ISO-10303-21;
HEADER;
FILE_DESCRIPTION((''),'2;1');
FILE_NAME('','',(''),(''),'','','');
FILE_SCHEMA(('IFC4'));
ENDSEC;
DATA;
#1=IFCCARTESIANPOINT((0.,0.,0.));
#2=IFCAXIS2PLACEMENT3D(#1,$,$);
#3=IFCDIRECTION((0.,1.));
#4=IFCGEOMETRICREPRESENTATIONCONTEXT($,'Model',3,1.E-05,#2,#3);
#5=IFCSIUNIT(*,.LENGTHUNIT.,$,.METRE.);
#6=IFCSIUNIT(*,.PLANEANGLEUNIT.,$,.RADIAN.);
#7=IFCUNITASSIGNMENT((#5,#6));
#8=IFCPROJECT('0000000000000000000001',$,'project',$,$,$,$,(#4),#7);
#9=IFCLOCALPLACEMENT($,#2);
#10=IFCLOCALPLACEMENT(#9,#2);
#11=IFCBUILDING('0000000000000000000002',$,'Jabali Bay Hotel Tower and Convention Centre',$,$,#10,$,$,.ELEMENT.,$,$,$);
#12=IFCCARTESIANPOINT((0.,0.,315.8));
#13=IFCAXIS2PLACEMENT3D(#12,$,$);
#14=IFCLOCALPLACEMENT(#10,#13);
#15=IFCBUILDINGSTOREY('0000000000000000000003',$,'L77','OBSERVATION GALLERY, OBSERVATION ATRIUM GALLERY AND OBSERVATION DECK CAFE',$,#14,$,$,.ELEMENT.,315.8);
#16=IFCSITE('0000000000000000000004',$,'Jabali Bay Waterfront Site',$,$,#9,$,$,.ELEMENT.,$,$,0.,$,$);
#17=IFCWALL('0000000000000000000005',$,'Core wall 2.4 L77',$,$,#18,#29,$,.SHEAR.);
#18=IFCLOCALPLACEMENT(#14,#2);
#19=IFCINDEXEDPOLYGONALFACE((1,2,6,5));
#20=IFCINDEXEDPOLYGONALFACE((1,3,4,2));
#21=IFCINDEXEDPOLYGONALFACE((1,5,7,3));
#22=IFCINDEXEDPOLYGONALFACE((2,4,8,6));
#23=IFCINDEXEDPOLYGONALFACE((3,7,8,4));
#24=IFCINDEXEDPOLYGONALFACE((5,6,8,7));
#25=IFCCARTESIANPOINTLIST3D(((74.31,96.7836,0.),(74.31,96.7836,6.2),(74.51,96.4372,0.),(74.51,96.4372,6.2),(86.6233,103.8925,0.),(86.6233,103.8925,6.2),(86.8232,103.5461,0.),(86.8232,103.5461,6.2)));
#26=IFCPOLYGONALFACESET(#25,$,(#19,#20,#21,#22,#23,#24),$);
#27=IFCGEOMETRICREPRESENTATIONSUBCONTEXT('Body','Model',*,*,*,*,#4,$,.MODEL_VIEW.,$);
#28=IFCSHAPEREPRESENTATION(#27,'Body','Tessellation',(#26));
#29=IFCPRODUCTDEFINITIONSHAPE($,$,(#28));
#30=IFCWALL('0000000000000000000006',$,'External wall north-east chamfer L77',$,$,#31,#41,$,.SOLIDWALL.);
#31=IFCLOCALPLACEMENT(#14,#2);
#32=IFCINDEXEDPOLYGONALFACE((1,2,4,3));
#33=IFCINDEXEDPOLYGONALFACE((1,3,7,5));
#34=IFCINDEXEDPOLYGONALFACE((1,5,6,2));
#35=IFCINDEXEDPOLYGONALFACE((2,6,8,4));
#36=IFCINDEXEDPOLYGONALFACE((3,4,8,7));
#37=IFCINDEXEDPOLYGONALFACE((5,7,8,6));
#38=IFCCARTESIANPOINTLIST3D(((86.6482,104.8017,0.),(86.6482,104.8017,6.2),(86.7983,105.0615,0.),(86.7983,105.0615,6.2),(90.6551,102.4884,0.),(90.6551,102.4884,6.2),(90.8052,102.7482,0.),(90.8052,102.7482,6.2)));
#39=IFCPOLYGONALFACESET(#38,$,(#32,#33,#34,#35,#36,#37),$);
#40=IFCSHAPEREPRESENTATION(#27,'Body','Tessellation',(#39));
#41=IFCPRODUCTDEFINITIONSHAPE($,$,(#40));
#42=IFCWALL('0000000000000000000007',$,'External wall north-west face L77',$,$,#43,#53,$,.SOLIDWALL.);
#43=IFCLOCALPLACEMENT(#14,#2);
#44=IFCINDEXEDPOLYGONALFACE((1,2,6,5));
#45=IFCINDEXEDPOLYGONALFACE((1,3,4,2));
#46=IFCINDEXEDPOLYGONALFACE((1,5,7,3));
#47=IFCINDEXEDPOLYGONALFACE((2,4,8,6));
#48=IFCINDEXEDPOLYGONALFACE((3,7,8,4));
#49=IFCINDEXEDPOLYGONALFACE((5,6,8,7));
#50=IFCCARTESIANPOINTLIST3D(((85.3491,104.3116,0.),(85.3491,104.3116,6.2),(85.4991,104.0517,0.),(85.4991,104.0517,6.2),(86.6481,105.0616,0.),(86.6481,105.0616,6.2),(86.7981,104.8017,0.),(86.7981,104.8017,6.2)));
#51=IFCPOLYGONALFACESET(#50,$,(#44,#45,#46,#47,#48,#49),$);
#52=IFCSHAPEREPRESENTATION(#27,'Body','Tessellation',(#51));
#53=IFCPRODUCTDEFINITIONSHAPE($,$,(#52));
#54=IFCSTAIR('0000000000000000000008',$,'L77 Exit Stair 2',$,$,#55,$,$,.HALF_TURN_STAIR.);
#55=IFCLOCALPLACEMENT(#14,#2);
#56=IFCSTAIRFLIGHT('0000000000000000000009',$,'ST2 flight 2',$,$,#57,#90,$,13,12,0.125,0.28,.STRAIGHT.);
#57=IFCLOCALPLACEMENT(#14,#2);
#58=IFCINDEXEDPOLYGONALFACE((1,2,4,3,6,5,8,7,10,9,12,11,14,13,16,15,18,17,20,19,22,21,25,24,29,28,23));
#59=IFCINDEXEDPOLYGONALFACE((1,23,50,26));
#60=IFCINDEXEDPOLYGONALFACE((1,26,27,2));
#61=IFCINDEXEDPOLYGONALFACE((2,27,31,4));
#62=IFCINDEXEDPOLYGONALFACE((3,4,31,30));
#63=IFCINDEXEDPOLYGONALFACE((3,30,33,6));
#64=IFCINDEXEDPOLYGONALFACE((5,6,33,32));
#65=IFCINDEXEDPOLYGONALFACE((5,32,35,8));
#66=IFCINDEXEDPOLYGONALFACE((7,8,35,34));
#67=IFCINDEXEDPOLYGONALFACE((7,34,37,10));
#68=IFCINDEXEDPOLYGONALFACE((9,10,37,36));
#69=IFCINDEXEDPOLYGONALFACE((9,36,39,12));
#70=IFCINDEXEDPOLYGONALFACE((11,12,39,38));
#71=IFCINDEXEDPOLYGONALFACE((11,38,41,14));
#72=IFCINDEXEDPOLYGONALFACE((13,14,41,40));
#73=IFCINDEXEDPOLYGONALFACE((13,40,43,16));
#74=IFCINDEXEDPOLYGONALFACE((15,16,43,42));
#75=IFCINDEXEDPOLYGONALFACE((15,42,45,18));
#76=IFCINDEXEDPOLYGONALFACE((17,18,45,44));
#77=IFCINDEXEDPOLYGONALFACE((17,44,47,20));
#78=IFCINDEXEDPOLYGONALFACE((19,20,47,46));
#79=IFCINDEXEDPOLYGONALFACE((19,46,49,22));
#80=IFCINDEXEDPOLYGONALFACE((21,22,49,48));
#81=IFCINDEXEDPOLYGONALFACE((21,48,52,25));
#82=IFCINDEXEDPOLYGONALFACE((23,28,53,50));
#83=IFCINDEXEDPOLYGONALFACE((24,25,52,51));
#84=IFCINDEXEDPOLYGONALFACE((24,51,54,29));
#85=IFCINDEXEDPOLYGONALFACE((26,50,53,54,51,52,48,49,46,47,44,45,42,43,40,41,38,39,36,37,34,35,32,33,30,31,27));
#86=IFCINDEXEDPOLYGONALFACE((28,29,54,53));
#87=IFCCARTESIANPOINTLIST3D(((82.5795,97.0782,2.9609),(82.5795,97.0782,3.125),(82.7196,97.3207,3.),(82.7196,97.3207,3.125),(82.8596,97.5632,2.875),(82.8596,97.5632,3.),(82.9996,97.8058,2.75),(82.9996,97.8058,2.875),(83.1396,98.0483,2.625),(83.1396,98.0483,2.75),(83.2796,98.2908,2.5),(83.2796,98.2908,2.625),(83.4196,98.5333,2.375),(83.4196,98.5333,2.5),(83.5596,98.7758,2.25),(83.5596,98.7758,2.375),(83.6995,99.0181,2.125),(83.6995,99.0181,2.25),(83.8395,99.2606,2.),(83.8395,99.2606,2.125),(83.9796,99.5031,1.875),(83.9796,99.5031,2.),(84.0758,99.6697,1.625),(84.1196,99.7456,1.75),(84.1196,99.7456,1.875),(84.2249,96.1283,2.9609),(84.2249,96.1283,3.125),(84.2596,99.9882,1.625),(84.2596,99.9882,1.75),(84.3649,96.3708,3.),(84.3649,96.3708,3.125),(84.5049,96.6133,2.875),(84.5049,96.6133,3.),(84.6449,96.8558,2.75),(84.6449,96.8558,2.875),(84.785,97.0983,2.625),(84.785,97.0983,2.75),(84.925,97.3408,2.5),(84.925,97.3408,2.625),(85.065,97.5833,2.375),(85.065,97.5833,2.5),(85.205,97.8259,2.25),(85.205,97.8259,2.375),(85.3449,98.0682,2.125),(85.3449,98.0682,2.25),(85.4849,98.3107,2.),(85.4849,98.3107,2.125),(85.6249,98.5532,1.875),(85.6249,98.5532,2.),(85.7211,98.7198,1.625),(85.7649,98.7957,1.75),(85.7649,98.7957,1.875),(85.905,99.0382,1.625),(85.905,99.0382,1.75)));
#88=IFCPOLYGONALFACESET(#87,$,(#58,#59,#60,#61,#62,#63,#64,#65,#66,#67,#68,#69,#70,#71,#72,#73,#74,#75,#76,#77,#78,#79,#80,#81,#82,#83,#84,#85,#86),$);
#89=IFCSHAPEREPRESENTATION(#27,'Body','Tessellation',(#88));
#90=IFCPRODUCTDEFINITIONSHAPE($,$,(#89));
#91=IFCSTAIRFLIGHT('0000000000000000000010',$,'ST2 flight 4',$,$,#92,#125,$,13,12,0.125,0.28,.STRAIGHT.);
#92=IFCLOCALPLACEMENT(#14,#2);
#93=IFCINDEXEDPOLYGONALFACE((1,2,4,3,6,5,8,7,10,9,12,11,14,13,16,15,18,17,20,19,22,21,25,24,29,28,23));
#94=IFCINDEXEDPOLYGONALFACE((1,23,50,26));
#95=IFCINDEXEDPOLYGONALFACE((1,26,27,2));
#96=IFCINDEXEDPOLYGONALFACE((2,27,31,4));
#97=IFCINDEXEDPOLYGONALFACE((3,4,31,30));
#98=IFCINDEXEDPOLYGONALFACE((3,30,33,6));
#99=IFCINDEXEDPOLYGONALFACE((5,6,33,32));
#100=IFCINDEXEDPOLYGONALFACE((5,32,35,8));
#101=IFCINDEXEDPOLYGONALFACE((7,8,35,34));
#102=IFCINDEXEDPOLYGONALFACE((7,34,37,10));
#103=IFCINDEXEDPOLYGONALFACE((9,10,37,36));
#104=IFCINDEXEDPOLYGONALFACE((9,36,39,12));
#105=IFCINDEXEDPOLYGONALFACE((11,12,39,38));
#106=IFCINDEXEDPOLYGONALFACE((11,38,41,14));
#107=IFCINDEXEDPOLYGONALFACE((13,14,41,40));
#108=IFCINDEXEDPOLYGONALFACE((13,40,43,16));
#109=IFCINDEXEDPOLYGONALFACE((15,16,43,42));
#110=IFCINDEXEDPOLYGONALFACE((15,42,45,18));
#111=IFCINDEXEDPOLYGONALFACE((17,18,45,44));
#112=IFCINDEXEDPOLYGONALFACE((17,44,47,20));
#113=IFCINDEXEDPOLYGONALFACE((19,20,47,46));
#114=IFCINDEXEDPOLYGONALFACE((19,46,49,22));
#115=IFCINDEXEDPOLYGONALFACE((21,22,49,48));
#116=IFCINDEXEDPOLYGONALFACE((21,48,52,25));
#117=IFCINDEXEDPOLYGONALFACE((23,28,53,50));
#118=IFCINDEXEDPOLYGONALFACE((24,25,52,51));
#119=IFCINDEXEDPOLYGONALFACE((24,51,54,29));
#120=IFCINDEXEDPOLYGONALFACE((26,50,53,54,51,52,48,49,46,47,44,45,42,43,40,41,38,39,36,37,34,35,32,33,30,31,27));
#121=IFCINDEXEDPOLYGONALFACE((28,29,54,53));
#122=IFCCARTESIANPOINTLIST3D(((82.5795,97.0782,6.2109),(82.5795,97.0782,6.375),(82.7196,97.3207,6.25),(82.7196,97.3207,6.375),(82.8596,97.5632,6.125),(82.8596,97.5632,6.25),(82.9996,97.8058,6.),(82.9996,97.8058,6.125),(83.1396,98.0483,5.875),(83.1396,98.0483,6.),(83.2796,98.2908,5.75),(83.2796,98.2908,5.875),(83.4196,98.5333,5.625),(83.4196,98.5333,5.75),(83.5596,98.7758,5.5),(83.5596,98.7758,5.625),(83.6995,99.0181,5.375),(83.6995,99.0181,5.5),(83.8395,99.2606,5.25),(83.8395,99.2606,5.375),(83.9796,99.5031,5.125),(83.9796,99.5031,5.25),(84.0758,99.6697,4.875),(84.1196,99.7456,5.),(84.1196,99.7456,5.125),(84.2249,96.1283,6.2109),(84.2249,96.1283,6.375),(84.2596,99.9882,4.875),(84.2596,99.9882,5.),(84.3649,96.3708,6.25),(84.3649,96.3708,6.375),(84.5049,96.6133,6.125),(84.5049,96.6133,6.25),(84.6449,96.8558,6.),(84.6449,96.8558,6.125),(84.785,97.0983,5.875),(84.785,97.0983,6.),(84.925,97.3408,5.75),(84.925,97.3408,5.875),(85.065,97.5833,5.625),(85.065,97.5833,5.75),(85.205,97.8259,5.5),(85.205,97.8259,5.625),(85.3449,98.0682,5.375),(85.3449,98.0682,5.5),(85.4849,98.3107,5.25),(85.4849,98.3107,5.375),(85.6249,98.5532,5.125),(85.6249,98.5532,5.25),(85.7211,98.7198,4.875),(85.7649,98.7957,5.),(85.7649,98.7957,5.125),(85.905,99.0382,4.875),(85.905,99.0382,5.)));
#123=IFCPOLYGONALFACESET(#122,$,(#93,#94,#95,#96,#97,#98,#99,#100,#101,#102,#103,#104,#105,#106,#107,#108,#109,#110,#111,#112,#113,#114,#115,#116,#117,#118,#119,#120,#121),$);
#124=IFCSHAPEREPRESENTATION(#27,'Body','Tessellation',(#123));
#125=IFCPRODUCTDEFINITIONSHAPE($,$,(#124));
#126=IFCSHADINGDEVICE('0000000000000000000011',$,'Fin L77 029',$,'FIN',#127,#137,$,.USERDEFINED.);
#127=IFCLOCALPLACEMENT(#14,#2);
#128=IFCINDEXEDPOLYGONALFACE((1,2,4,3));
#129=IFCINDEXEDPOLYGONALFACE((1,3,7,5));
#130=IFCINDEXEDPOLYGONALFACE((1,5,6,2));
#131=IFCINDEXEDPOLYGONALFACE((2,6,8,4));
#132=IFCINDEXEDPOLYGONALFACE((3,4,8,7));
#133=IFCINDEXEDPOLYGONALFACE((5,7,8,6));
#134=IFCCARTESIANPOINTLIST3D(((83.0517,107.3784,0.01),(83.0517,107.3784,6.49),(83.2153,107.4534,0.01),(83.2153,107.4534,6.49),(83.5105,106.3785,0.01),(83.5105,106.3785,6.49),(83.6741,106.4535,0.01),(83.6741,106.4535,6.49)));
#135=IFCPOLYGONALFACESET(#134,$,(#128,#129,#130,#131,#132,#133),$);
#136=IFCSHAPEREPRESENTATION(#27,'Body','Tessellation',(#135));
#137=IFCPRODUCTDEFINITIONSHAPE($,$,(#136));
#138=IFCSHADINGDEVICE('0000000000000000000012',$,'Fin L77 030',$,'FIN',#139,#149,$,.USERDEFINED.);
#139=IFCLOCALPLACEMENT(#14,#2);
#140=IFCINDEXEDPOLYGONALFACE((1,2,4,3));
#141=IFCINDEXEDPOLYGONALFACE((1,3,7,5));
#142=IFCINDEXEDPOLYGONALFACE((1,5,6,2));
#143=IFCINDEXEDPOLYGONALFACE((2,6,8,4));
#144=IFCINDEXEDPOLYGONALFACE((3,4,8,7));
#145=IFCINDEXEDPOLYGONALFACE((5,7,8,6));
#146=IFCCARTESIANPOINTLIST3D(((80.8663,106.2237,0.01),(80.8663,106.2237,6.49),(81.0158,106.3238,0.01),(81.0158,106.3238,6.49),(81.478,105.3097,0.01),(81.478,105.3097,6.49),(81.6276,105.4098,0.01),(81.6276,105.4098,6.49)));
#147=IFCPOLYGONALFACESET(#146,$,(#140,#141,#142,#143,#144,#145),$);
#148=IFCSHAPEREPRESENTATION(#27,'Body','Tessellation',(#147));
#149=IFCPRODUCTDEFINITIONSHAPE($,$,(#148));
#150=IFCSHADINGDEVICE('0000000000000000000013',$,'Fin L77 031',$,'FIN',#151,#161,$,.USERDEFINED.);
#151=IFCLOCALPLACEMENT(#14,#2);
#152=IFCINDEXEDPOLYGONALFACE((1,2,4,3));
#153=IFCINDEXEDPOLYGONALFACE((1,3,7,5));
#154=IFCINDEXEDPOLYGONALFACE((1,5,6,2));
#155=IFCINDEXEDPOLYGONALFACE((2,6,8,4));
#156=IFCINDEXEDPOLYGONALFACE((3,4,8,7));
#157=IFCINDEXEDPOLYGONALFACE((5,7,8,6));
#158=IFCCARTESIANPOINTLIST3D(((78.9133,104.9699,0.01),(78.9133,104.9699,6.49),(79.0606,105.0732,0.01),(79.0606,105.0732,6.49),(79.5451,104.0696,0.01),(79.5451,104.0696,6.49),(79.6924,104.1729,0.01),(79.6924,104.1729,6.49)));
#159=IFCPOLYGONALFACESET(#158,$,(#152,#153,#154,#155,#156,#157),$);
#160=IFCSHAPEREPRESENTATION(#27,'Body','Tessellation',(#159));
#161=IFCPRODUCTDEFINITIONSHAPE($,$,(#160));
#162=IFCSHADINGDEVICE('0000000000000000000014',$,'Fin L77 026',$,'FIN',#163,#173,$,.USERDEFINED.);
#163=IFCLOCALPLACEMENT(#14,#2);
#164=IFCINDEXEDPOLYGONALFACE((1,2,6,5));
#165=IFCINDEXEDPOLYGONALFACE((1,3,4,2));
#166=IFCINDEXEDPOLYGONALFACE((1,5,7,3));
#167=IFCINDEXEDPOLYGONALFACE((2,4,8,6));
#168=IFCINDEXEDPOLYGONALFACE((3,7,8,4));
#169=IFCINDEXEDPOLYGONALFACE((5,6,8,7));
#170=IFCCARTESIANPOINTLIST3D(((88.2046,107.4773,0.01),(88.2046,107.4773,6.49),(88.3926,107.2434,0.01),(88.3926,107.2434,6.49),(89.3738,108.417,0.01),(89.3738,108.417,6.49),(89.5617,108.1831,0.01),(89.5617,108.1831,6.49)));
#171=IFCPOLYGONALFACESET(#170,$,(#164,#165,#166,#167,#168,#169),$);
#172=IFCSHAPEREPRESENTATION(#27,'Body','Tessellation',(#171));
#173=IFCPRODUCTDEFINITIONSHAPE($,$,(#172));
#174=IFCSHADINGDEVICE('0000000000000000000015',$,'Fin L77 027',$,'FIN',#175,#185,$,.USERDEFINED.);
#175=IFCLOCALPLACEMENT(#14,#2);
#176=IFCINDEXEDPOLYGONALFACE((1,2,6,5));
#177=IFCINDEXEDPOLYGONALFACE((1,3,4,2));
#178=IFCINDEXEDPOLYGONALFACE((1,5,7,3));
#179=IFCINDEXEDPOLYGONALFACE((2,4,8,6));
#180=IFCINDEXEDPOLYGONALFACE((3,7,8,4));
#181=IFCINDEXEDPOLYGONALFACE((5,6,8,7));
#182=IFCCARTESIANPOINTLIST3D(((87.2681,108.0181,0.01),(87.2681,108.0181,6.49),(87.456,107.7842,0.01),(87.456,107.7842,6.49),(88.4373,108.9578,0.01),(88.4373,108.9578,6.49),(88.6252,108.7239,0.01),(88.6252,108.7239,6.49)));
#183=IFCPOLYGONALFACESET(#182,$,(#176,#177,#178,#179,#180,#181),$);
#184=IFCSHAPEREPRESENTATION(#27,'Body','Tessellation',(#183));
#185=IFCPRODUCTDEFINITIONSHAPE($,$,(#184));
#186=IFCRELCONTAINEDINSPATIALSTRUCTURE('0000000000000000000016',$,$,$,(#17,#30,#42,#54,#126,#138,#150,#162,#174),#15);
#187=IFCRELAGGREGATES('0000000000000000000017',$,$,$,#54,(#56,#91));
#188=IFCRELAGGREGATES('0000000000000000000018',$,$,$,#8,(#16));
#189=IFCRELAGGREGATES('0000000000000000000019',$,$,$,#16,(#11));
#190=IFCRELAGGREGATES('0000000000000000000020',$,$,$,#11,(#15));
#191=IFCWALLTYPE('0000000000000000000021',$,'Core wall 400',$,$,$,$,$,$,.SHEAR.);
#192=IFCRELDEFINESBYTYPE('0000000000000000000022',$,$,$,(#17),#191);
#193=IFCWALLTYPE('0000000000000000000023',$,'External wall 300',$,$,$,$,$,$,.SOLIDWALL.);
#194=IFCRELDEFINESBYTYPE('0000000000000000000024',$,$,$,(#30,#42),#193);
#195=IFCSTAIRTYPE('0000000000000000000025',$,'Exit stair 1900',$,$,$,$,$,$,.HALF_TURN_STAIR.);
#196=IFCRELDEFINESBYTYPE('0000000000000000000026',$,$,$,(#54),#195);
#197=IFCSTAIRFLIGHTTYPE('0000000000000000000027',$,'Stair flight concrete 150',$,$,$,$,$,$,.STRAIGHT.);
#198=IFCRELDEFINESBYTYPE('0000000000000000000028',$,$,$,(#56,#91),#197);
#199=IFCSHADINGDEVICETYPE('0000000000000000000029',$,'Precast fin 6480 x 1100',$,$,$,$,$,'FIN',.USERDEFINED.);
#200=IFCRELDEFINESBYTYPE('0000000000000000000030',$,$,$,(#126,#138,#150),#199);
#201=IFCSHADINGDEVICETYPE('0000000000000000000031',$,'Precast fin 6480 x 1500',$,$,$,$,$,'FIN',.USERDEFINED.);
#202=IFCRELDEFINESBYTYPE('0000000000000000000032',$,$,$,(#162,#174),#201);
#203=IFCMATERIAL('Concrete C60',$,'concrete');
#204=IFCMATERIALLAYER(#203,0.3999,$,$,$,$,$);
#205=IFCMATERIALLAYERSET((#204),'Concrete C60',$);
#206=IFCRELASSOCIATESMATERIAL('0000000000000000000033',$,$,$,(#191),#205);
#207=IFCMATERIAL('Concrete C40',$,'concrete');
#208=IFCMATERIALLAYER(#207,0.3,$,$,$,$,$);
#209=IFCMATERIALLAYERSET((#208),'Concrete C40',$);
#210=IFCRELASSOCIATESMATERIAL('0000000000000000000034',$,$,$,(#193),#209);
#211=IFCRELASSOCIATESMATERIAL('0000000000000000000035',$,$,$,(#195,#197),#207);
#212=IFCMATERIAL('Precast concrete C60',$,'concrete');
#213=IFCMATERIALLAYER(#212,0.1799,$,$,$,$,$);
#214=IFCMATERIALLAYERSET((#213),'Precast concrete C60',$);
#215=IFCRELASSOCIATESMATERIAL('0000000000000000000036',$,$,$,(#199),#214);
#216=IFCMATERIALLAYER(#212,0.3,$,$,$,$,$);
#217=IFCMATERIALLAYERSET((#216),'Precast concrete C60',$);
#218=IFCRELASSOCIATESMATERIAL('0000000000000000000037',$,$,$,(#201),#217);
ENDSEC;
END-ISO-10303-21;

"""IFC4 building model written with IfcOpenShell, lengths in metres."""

from ifc_helpers import new_model, si_unit, direction, frame, frame_2d, origin, place, context, subcontext, project, spatial, polyline, rectangle, outline, extrude, material, layer, layer_set, type_object, element, aggregate, save


model = new_model("IFC4")

# Units and contexts
model_context = context("Model", 3, precision=1e-05, world=origin(), true_north=direction((0.0, 1.0)))
body_context = subcontext(model_context, "Body", "Model", "MODEL_VIEW")
ifc_project = project(units=[si_unit("LENGTHUNIT", "METRE"), si_unit("PLANEANGLEUNIT", "RADIAN")], contexts=[model_context])

# Site, building, storey
site_placement = place(None, origin())
site = spatial("IfcSite", under=ifc_project, at=site_placement, Name="Jabali Bay Waterfront Site", CompositionType="ELEMENT", RefElevation=0.0)
building_placement = place(site_placement, origin())
building = spatial("IfcBuilding", under=site, at=building_placement, Name="Jabali Bay Hotel Tower and Convention Centre", CompositionType="ELEMENT")
storey_placement = place(building_placement, frame((0.0, 0.0, 315.8)))
storey = spatial("IfcBuildingStorey", under=building, at=storey_placement, Name="L77", Description="OBSERVATION GALLERY, OBSERVATION ATRIUM GALLERY AND OBSERVATION DECK CAFE", CompositionType="ELEMENT", Elevation=315.8)

# Shared definitions
ifc_material_1 = material(Name="Concrete C60", Category="concrete")

# Walls
ifc_material_2 = material(Name="Concrete C40", Category="concrete")
ifc_layer_1 = layer(ifc_material_1, 0.3999)
ifc_layer_set_1 = layer_set([ifc_layer_1], Name="Concrete C60")
wall_type_1 = type_object("IfcWallType", Name="Core wall 400", PredefinedType="SHEAR", material=ifc_layer_set_1)
wall_1_placement = place(storey_placement, frame((86.7231, 103.7192, 0.0), z_axis=(0.0, 0.0, 1.0), x_axis=(-0.86603, -0.499991, 0.0)))
element("IfcWall", 1, at=wall_1_placement, inside=storey, type_object=wall_type_1, Name="Core wall 2.4 L77", PredefinedType="SHEAR", context=body_context, shape_type="SweptSolid", body=[
    extrude(rectangle(XDim=14.218, YDim=0.3999, at=frame_2d((7.1089, 0.0))), origin(), (0.0, 0.0, 1.0), 6.2),
])
ifc_layer_2 = layer(ifc_material_2, 0.3)
ifc_layer_set_2 = layer_set([ifc_layer_2], Name="Concrete C40")
wall_type_2 = type_object("IfcWallType", Name="External wall 300", PredefinedType="SOLIDWALL", material=ifc_layer_set_2)
wall_2_placement = place(storey_placement, frame((86.7231, 104.9316, 0.0), z_axis=(0.0, 0.0, 1.0), x_axis=(0.866036, -0.499981, 0.0)))
element("IfcWall", 2, at=wall_2_placement, inside=storey, type_object=wall_type_2, Name="External wall north-east chamfer L77", PredefinedType="SOLIDWALL", context=body_context, shape_type="SweptSolid", body=[
    extrude(rectangle(XDim=4.6267, YDim=0.3, at=frame_2d((2.3135, 0.0))), origin(), (0.0, 0.0, 1.0), 6.2),
])
wall_3_placement = place(storey_placement, frame((85.4241, 104.1816, 0.0), z_axis=(0.0, 0.0, 1.0), x_axis=(0.866031, 0.49999, 0.0)))
element("IfcWall", 3, at=wall_3_placement, inside=storey, type_object=wall_type_2, Name="External wall north-west face L77", PredefinedType="SOLIDWALL", context=body_context, shape_type="SweptSolid", body=[
    extrude(rectangle(XDim=1.5, YDim=0.3, at=frame_2d((0.75, 0.0))), origin(), (0.0, 0.0, 1.0), 6.2),
])

# Stair, stair flights
stair_type = type_object("IfcStairType", Name="Exit stair 1900", PredefinedType="HALF_TURN_STAIR", material=ifc_material_2)
stair_placement = place(storey_placement, origin())
stair = element("IfcStair", 4, at=stair_placement, inside=storey, type_object=stair_type, Name="L77 Exit Stair 2", PredefinedType="HALF_TURN_STAIR")
stair_flight_type = type_object("IfcStairFlightType", Name="Stair flight concrete 150", PredefinedType="STRAIGHT", material=ifc_material_2)
stair_flight_1_placement = place(storey_placement, frame((85.0823, 99.5132, 1.625), z_axis=(0.0, 0.0, 1.0), x_axis=(-0.5, -0.866025, 0.0)))
stair_flight_1 = element("IfcStairFlight", 5, at=stair_flight_1_placement, type_object=stair_flight_type, Name="ST2 flight 2", NumberOfRisers=13, NumberOfTreads=12, PredefinedType="STRAIGHT", RiserHeight=0.125, TreadLength=0.28, context=body_context, shape_type="SweptSolid", body=[
    extrude(outline(polyline([(0.0, 0.0), (0.0, 0.125), (0.28, 0.125), (0.28, 0.25), (0.5601, 0.25), (0.5601, 0.375), (0.8401, 0.375), (0.8401, 0.5), (1.1201, 0.5), (1.1201, 0.625), (1.3999, 0.625), (1.3999, 0.75), (1.6799, 0.75), (1.6799, 0.875), (1.96, 0.875), (1.96, 1.0), (2.24, 1.0), (2.24, 1.125), (2.52, 1.125), (2.52, 1.25), (2.8, 1.25), (2.8, 1.375), (3.0801, 1.375), (3.0801, 1.5), (3.3601, 1.5), (3.3601, 1.625), (3.3601, 1.3359), (0.3677, 0.0), (0.0, 0.0)])), frame((0.0, 0.95, 0.0), z_axis=(0.0, -1.0, 0.0), x_axis=(1.0, 0.0, 0.0)), (0.0, 0.0, 1.0), 1.8999),
])
stair_flight_2_placement = place(storey_placement, frame((85.0823, 99.5132, 4.875), z_axis=(0.0, 0.0, 1.0), x_axis=(-0.5, -0.866025, 0.0)))
stair_flight_2 = element("IfcStairFlight", 6, at=stair_flight_2_placement, type_object=stair_flight_type, Name="ST2 flight 4", NumberOfRisers=13, NumberOfTreads=12, PredefinedType="STRAIGHT", RiserHeight=0.125, TreadLength=0.28, context=body_context, shape_type="SweptSolid", body=[
    extrude(outline(polyline([(0.0, 0.0), (0.0, 0.125), (0.28, 0.125), (0.28, 0.25), (0.5601, 0.25), (0.5601, 0.375), (0.8401, 0.375), (0.8401, 0.5), (1.1201, 0.5), (1.1201, 0.625), (1.3999, 0.625), (1.3999, 0.75), (1.6799, 0.75), (1.6799, 0.875), (1.96, 0.875), (1.96, 1.0), (2.24, 1.0), (2.24, 1.125), (2.52, 1.125), (2.52, 1.25), (2.8, 1.25), (2.8, 1.375), (3.0801, 1.375), (3.0801, 1.5), (3.3601, 1.5), (3.3601, 1.625), (3.3601, 1.3359), (0.3677, 0.0), (0.0, 0.0)])), frame((0.0, 0.95, 0.0), z_axis=(0.0, -1.0, 0.0), x_axis=(1.0, 0.0, 0.0)), (0.0, 0.0, 1.0), 1.8999),
])
aggregate(stair, [stair_flight_1, stair_flight_2])

# Shading devices
ifc_material_3 = material(Name="Precast concrete C60", Category="concrete")
ifc_layer_3 = layer(ifc_material_3, 0.1799)
ifc_layer_set_3 = layer_set([ifc_layer_3], Name="Precast concrete C60")
shading_device_type_1 = type_object("IfcShadingDeviceType", Name="Precast fin 6480 x 1100", ElementType="FIN", PredefinedType="USERDEFINED", material=ifc_layer_set_3)
shading_device_1_placement = place(storey_placement, frame((83.5923, 106.416, 0.01), z_axis=(0.0, 0.0, 1.0), x_axis=(-0.417044, 0.908886, 0.0)))
element("IfcShadingDevice", 7, at=shading_device_1_placement, inside=storey, type_object=shading_device_type_1, Name="Fin L77 029", ObjectType="FIN", PredefinedType="USERDEFINED", context=body_context, shape_type="SweptSolid", body=[
    extrude(rectangle(XDim=1.1001, YDim=0.1799, at=frame_2d((0.55, 0.0))), origin(), (0.0, 0.0, 1.0), 6.48),
])
for number, where, z_axis, x_axis, name in (
    (8, (81.5527, 105.3599, 0.01), (0.0, 0.0, 1.0), (-0.556236, 0.831024, 0.0), "Fin L77 030"),
    (9, (79.6187, 104.1213, 0.01), (0.0, 0.0, 1.0), (-0.574415, 0.818564, 0.0), "Fin L77 031"),
):
    element("IfcShadingDevice", number, at=place(storey_placement, frame(where, z_axis=z_axis, x_axis=x_axis)), inside=storey, type_object=shading_device_type_1, Name=name, ObjectType="FIN", PredefinedType="USERDEFINED", context=body_context, shape_type="SweptSolid", body=[
        extrude(rectangle(XDim=1.0999, YDim=0.1799, at=frame_2d((0.5498, 0.0))), origin(), (0.0, 0.0, 1.0), 6.48),
    ])
ifc_layer_4 = layer(ifc_material_3, 0.3)
ifc_layer_set_4 = layer_set([ifc_layer_4], Name="Precast concrete C60")
shading_device_type_2 = type_object("IfcShadingDeviceType", Name="Precast fin 6480 x 1500", ElementType="FIN", PredefinedType="USERDEFINED", material=ifc_layer_set_4)
for number, where, z_axis, x_axis, name in (
    (10, (88.2986, 107.3604, 0.01), (0.0, 0.0, 1.0), (0.779454, 0.62646, 0.0), "Fin L77 026"),
    (11, (87.3621, 107.9011, 0.01), (0.0, 0.0, 1.0), (0.779454, 0.62646, 0.0), "Fin L77 027"),
):
    element("IfcShadingDevice", number, at=place(storey_placement, frame(where, z_axis=z_axis, x_axis=x_axis)), inside=storey, type_object=shading_device_type_2, Name=name, ObjectType="FIN", PredefinedType="USERDEFINED", context=body_context, shape_type="SweptSolid", body=[
        extrude(rectangle(XDim=1.5, YDim=0.3, at=frame_2d((0.75, 0.0))), origin(), (0.0, 0.0, 1.0), 6.48),
    ])

save(model, "model.ifc")
